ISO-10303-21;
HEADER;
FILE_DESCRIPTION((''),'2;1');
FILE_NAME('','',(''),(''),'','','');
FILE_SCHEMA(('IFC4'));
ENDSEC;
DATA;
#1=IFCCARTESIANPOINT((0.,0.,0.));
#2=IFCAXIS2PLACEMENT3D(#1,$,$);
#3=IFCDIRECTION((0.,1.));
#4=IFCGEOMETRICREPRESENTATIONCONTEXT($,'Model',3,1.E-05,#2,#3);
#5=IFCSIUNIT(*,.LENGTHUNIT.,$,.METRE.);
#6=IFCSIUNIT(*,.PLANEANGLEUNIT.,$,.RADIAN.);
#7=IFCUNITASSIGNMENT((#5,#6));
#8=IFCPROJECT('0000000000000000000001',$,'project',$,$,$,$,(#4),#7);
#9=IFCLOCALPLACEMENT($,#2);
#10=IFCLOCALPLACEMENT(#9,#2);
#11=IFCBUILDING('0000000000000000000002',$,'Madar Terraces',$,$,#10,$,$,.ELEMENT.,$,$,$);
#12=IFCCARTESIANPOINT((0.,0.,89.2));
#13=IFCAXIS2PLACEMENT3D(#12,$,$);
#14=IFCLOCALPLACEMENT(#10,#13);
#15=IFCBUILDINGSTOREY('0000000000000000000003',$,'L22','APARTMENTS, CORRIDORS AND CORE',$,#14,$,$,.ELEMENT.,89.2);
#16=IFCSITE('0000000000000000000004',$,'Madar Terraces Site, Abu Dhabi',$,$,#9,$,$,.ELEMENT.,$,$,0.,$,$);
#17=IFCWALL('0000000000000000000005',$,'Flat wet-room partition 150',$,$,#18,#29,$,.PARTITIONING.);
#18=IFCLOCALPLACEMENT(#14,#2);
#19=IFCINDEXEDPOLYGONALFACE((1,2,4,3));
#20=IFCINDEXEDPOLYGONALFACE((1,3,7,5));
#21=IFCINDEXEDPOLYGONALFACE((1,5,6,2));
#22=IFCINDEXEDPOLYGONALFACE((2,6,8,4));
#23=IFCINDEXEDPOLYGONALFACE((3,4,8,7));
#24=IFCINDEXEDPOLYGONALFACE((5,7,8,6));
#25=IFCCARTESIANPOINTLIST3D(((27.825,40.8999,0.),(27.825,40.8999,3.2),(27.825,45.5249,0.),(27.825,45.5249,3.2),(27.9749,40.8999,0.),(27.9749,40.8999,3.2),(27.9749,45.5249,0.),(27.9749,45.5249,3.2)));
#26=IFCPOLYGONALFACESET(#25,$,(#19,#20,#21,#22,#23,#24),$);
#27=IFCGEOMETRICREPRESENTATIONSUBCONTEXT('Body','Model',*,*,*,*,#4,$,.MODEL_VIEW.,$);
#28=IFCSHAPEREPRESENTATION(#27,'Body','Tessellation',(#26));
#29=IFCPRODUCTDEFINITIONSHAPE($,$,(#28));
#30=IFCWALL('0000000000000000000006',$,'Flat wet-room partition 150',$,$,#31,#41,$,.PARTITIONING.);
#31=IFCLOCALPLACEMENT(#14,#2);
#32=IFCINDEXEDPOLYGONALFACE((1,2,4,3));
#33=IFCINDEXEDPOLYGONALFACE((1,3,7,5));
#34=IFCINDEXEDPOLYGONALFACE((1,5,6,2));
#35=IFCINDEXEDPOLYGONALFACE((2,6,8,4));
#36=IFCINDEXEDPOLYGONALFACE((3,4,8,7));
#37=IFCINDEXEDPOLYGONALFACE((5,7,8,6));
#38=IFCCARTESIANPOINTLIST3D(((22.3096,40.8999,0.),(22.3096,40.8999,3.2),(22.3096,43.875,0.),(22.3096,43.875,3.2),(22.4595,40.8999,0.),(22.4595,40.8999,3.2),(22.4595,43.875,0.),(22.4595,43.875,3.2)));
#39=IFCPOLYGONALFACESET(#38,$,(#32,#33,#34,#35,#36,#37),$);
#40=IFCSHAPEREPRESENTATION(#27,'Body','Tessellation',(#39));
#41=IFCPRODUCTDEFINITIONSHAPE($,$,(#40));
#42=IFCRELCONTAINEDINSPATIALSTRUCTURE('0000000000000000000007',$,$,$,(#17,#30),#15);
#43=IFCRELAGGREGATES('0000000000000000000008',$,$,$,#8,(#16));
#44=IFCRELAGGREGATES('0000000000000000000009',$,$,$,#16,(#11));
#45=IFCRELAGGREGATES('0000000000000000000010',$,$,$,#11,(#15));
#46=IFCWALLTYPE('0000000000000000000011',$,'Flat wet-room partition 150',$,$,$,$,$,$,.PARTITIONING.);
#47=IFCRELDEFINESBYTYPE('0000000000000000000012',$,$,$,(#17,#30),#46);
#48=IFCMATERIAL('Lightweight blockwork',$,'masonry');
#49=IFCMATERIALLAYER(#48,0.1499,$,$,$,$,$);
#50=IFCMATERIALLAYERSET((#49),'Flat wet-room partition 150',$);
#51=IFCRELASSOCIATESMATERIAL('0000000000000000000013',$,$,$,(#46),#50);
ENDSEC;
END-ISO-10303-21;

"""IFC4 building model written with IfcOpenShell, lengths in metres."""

from ifc_helpers import new_model, si_unit, direction, frame, frame_2d, origin, place, context, subcontext, project, spatial, rectangle, extrude, material, layer, layer_set, type_object, element, save


model = new_model("IFC4")

# Units and contexts
model_context = context("Model", 3, precision=1e-05, world=origin(), true_north=direction((0.0, 1.0)))
body_context = subcontext(model_context, "Body", "Model", "MODEL_VIEW")
ifc_project = project(units=[si_unit("LENGTHUNIT", "METRE"), si_unit("PLANEANGLEUNIT", "RADIAN")], contexts=[model_context])

# Site, building, storey
site_placement = place(None, origin())
site = spatial("IfcSite", under=ifc_project, at=site_placement, Name="Madar Terraces Site, Abu Dhabi", CompositionType="ELEMENT", RefElevation=0.0)
building_placement = place(site_placement, origin())
building = spatial("IfcBuilding", under=site, at=building_placement, Name="Madar Terraces", CompositionType="ELEMENT")
storey_placement = place(building_placement, frame((0.0, 0.0, 89.2)))
storey = spatial("IfcBuildingStorey", under=building, at=storey_placement, Name="L22", Description="APARTMENTS, CORRIDORS AND CORE", CompositionType="ELEMENT", Elevation=89.2)

# Walls
ifc_material_1 = material(Name="Lightweight blockwork", Category="masonry")
ifc_layer_1 = layer(ifc_material_1, 0.1499)
ifc_layer_set_1 = layer_set([ifc_layer_1], Name="Flat wet-room partition 150")
wall_type_1 = type_object("IfcWallType", Name="Flat wet-room partition 150", PredefinedType="PARTITIONING", material=ifc_layer_set_1)
wall_1_placement = place(storey_placement, frame((27.8999, 40.8999, 0.0), z_axis=(0.0, 0.0, 1.0), x_axis=(0.0, 1.0, 0.0)))
element("IfcWall", 1, at=wall_1_placement, inside=storey, type_object=wall_type_1, Name="Flat wet-room partition 150", PredefinedType="PARTITIONING", context=body_context, shape_type="SweptSolid", body=[
    extrude(rectangle(XDim=4.625, YDim=0.1499, at=frame_2d((2.3125, 0.0))), origin(), (0.0, 0.0, 1.0), 3.2),
])
wall_2_placement = place(storey_placement, frame((22.3845, 40.8999, 0.0), z_axis=(0.0, 0.0, 1.0), x_axis=(0.0, 1.0, 0.0)))
element("IfcWall", 2, at=wall_2_placement, inside=storey, type_object=wall_type_1, Name="Flat wet-room partition 150", PredefinedType="PARTITIONING", context=body_context, shape_type="SweptSolid", body=[
    extrude(rectangle(XDim=2.9751, YDim=0.1499, at=frame_2d((1.4875, 0.0))), origin(), (0.0, 0.0, 1.0), 3.2),
])

save(model, "model.ifc")
